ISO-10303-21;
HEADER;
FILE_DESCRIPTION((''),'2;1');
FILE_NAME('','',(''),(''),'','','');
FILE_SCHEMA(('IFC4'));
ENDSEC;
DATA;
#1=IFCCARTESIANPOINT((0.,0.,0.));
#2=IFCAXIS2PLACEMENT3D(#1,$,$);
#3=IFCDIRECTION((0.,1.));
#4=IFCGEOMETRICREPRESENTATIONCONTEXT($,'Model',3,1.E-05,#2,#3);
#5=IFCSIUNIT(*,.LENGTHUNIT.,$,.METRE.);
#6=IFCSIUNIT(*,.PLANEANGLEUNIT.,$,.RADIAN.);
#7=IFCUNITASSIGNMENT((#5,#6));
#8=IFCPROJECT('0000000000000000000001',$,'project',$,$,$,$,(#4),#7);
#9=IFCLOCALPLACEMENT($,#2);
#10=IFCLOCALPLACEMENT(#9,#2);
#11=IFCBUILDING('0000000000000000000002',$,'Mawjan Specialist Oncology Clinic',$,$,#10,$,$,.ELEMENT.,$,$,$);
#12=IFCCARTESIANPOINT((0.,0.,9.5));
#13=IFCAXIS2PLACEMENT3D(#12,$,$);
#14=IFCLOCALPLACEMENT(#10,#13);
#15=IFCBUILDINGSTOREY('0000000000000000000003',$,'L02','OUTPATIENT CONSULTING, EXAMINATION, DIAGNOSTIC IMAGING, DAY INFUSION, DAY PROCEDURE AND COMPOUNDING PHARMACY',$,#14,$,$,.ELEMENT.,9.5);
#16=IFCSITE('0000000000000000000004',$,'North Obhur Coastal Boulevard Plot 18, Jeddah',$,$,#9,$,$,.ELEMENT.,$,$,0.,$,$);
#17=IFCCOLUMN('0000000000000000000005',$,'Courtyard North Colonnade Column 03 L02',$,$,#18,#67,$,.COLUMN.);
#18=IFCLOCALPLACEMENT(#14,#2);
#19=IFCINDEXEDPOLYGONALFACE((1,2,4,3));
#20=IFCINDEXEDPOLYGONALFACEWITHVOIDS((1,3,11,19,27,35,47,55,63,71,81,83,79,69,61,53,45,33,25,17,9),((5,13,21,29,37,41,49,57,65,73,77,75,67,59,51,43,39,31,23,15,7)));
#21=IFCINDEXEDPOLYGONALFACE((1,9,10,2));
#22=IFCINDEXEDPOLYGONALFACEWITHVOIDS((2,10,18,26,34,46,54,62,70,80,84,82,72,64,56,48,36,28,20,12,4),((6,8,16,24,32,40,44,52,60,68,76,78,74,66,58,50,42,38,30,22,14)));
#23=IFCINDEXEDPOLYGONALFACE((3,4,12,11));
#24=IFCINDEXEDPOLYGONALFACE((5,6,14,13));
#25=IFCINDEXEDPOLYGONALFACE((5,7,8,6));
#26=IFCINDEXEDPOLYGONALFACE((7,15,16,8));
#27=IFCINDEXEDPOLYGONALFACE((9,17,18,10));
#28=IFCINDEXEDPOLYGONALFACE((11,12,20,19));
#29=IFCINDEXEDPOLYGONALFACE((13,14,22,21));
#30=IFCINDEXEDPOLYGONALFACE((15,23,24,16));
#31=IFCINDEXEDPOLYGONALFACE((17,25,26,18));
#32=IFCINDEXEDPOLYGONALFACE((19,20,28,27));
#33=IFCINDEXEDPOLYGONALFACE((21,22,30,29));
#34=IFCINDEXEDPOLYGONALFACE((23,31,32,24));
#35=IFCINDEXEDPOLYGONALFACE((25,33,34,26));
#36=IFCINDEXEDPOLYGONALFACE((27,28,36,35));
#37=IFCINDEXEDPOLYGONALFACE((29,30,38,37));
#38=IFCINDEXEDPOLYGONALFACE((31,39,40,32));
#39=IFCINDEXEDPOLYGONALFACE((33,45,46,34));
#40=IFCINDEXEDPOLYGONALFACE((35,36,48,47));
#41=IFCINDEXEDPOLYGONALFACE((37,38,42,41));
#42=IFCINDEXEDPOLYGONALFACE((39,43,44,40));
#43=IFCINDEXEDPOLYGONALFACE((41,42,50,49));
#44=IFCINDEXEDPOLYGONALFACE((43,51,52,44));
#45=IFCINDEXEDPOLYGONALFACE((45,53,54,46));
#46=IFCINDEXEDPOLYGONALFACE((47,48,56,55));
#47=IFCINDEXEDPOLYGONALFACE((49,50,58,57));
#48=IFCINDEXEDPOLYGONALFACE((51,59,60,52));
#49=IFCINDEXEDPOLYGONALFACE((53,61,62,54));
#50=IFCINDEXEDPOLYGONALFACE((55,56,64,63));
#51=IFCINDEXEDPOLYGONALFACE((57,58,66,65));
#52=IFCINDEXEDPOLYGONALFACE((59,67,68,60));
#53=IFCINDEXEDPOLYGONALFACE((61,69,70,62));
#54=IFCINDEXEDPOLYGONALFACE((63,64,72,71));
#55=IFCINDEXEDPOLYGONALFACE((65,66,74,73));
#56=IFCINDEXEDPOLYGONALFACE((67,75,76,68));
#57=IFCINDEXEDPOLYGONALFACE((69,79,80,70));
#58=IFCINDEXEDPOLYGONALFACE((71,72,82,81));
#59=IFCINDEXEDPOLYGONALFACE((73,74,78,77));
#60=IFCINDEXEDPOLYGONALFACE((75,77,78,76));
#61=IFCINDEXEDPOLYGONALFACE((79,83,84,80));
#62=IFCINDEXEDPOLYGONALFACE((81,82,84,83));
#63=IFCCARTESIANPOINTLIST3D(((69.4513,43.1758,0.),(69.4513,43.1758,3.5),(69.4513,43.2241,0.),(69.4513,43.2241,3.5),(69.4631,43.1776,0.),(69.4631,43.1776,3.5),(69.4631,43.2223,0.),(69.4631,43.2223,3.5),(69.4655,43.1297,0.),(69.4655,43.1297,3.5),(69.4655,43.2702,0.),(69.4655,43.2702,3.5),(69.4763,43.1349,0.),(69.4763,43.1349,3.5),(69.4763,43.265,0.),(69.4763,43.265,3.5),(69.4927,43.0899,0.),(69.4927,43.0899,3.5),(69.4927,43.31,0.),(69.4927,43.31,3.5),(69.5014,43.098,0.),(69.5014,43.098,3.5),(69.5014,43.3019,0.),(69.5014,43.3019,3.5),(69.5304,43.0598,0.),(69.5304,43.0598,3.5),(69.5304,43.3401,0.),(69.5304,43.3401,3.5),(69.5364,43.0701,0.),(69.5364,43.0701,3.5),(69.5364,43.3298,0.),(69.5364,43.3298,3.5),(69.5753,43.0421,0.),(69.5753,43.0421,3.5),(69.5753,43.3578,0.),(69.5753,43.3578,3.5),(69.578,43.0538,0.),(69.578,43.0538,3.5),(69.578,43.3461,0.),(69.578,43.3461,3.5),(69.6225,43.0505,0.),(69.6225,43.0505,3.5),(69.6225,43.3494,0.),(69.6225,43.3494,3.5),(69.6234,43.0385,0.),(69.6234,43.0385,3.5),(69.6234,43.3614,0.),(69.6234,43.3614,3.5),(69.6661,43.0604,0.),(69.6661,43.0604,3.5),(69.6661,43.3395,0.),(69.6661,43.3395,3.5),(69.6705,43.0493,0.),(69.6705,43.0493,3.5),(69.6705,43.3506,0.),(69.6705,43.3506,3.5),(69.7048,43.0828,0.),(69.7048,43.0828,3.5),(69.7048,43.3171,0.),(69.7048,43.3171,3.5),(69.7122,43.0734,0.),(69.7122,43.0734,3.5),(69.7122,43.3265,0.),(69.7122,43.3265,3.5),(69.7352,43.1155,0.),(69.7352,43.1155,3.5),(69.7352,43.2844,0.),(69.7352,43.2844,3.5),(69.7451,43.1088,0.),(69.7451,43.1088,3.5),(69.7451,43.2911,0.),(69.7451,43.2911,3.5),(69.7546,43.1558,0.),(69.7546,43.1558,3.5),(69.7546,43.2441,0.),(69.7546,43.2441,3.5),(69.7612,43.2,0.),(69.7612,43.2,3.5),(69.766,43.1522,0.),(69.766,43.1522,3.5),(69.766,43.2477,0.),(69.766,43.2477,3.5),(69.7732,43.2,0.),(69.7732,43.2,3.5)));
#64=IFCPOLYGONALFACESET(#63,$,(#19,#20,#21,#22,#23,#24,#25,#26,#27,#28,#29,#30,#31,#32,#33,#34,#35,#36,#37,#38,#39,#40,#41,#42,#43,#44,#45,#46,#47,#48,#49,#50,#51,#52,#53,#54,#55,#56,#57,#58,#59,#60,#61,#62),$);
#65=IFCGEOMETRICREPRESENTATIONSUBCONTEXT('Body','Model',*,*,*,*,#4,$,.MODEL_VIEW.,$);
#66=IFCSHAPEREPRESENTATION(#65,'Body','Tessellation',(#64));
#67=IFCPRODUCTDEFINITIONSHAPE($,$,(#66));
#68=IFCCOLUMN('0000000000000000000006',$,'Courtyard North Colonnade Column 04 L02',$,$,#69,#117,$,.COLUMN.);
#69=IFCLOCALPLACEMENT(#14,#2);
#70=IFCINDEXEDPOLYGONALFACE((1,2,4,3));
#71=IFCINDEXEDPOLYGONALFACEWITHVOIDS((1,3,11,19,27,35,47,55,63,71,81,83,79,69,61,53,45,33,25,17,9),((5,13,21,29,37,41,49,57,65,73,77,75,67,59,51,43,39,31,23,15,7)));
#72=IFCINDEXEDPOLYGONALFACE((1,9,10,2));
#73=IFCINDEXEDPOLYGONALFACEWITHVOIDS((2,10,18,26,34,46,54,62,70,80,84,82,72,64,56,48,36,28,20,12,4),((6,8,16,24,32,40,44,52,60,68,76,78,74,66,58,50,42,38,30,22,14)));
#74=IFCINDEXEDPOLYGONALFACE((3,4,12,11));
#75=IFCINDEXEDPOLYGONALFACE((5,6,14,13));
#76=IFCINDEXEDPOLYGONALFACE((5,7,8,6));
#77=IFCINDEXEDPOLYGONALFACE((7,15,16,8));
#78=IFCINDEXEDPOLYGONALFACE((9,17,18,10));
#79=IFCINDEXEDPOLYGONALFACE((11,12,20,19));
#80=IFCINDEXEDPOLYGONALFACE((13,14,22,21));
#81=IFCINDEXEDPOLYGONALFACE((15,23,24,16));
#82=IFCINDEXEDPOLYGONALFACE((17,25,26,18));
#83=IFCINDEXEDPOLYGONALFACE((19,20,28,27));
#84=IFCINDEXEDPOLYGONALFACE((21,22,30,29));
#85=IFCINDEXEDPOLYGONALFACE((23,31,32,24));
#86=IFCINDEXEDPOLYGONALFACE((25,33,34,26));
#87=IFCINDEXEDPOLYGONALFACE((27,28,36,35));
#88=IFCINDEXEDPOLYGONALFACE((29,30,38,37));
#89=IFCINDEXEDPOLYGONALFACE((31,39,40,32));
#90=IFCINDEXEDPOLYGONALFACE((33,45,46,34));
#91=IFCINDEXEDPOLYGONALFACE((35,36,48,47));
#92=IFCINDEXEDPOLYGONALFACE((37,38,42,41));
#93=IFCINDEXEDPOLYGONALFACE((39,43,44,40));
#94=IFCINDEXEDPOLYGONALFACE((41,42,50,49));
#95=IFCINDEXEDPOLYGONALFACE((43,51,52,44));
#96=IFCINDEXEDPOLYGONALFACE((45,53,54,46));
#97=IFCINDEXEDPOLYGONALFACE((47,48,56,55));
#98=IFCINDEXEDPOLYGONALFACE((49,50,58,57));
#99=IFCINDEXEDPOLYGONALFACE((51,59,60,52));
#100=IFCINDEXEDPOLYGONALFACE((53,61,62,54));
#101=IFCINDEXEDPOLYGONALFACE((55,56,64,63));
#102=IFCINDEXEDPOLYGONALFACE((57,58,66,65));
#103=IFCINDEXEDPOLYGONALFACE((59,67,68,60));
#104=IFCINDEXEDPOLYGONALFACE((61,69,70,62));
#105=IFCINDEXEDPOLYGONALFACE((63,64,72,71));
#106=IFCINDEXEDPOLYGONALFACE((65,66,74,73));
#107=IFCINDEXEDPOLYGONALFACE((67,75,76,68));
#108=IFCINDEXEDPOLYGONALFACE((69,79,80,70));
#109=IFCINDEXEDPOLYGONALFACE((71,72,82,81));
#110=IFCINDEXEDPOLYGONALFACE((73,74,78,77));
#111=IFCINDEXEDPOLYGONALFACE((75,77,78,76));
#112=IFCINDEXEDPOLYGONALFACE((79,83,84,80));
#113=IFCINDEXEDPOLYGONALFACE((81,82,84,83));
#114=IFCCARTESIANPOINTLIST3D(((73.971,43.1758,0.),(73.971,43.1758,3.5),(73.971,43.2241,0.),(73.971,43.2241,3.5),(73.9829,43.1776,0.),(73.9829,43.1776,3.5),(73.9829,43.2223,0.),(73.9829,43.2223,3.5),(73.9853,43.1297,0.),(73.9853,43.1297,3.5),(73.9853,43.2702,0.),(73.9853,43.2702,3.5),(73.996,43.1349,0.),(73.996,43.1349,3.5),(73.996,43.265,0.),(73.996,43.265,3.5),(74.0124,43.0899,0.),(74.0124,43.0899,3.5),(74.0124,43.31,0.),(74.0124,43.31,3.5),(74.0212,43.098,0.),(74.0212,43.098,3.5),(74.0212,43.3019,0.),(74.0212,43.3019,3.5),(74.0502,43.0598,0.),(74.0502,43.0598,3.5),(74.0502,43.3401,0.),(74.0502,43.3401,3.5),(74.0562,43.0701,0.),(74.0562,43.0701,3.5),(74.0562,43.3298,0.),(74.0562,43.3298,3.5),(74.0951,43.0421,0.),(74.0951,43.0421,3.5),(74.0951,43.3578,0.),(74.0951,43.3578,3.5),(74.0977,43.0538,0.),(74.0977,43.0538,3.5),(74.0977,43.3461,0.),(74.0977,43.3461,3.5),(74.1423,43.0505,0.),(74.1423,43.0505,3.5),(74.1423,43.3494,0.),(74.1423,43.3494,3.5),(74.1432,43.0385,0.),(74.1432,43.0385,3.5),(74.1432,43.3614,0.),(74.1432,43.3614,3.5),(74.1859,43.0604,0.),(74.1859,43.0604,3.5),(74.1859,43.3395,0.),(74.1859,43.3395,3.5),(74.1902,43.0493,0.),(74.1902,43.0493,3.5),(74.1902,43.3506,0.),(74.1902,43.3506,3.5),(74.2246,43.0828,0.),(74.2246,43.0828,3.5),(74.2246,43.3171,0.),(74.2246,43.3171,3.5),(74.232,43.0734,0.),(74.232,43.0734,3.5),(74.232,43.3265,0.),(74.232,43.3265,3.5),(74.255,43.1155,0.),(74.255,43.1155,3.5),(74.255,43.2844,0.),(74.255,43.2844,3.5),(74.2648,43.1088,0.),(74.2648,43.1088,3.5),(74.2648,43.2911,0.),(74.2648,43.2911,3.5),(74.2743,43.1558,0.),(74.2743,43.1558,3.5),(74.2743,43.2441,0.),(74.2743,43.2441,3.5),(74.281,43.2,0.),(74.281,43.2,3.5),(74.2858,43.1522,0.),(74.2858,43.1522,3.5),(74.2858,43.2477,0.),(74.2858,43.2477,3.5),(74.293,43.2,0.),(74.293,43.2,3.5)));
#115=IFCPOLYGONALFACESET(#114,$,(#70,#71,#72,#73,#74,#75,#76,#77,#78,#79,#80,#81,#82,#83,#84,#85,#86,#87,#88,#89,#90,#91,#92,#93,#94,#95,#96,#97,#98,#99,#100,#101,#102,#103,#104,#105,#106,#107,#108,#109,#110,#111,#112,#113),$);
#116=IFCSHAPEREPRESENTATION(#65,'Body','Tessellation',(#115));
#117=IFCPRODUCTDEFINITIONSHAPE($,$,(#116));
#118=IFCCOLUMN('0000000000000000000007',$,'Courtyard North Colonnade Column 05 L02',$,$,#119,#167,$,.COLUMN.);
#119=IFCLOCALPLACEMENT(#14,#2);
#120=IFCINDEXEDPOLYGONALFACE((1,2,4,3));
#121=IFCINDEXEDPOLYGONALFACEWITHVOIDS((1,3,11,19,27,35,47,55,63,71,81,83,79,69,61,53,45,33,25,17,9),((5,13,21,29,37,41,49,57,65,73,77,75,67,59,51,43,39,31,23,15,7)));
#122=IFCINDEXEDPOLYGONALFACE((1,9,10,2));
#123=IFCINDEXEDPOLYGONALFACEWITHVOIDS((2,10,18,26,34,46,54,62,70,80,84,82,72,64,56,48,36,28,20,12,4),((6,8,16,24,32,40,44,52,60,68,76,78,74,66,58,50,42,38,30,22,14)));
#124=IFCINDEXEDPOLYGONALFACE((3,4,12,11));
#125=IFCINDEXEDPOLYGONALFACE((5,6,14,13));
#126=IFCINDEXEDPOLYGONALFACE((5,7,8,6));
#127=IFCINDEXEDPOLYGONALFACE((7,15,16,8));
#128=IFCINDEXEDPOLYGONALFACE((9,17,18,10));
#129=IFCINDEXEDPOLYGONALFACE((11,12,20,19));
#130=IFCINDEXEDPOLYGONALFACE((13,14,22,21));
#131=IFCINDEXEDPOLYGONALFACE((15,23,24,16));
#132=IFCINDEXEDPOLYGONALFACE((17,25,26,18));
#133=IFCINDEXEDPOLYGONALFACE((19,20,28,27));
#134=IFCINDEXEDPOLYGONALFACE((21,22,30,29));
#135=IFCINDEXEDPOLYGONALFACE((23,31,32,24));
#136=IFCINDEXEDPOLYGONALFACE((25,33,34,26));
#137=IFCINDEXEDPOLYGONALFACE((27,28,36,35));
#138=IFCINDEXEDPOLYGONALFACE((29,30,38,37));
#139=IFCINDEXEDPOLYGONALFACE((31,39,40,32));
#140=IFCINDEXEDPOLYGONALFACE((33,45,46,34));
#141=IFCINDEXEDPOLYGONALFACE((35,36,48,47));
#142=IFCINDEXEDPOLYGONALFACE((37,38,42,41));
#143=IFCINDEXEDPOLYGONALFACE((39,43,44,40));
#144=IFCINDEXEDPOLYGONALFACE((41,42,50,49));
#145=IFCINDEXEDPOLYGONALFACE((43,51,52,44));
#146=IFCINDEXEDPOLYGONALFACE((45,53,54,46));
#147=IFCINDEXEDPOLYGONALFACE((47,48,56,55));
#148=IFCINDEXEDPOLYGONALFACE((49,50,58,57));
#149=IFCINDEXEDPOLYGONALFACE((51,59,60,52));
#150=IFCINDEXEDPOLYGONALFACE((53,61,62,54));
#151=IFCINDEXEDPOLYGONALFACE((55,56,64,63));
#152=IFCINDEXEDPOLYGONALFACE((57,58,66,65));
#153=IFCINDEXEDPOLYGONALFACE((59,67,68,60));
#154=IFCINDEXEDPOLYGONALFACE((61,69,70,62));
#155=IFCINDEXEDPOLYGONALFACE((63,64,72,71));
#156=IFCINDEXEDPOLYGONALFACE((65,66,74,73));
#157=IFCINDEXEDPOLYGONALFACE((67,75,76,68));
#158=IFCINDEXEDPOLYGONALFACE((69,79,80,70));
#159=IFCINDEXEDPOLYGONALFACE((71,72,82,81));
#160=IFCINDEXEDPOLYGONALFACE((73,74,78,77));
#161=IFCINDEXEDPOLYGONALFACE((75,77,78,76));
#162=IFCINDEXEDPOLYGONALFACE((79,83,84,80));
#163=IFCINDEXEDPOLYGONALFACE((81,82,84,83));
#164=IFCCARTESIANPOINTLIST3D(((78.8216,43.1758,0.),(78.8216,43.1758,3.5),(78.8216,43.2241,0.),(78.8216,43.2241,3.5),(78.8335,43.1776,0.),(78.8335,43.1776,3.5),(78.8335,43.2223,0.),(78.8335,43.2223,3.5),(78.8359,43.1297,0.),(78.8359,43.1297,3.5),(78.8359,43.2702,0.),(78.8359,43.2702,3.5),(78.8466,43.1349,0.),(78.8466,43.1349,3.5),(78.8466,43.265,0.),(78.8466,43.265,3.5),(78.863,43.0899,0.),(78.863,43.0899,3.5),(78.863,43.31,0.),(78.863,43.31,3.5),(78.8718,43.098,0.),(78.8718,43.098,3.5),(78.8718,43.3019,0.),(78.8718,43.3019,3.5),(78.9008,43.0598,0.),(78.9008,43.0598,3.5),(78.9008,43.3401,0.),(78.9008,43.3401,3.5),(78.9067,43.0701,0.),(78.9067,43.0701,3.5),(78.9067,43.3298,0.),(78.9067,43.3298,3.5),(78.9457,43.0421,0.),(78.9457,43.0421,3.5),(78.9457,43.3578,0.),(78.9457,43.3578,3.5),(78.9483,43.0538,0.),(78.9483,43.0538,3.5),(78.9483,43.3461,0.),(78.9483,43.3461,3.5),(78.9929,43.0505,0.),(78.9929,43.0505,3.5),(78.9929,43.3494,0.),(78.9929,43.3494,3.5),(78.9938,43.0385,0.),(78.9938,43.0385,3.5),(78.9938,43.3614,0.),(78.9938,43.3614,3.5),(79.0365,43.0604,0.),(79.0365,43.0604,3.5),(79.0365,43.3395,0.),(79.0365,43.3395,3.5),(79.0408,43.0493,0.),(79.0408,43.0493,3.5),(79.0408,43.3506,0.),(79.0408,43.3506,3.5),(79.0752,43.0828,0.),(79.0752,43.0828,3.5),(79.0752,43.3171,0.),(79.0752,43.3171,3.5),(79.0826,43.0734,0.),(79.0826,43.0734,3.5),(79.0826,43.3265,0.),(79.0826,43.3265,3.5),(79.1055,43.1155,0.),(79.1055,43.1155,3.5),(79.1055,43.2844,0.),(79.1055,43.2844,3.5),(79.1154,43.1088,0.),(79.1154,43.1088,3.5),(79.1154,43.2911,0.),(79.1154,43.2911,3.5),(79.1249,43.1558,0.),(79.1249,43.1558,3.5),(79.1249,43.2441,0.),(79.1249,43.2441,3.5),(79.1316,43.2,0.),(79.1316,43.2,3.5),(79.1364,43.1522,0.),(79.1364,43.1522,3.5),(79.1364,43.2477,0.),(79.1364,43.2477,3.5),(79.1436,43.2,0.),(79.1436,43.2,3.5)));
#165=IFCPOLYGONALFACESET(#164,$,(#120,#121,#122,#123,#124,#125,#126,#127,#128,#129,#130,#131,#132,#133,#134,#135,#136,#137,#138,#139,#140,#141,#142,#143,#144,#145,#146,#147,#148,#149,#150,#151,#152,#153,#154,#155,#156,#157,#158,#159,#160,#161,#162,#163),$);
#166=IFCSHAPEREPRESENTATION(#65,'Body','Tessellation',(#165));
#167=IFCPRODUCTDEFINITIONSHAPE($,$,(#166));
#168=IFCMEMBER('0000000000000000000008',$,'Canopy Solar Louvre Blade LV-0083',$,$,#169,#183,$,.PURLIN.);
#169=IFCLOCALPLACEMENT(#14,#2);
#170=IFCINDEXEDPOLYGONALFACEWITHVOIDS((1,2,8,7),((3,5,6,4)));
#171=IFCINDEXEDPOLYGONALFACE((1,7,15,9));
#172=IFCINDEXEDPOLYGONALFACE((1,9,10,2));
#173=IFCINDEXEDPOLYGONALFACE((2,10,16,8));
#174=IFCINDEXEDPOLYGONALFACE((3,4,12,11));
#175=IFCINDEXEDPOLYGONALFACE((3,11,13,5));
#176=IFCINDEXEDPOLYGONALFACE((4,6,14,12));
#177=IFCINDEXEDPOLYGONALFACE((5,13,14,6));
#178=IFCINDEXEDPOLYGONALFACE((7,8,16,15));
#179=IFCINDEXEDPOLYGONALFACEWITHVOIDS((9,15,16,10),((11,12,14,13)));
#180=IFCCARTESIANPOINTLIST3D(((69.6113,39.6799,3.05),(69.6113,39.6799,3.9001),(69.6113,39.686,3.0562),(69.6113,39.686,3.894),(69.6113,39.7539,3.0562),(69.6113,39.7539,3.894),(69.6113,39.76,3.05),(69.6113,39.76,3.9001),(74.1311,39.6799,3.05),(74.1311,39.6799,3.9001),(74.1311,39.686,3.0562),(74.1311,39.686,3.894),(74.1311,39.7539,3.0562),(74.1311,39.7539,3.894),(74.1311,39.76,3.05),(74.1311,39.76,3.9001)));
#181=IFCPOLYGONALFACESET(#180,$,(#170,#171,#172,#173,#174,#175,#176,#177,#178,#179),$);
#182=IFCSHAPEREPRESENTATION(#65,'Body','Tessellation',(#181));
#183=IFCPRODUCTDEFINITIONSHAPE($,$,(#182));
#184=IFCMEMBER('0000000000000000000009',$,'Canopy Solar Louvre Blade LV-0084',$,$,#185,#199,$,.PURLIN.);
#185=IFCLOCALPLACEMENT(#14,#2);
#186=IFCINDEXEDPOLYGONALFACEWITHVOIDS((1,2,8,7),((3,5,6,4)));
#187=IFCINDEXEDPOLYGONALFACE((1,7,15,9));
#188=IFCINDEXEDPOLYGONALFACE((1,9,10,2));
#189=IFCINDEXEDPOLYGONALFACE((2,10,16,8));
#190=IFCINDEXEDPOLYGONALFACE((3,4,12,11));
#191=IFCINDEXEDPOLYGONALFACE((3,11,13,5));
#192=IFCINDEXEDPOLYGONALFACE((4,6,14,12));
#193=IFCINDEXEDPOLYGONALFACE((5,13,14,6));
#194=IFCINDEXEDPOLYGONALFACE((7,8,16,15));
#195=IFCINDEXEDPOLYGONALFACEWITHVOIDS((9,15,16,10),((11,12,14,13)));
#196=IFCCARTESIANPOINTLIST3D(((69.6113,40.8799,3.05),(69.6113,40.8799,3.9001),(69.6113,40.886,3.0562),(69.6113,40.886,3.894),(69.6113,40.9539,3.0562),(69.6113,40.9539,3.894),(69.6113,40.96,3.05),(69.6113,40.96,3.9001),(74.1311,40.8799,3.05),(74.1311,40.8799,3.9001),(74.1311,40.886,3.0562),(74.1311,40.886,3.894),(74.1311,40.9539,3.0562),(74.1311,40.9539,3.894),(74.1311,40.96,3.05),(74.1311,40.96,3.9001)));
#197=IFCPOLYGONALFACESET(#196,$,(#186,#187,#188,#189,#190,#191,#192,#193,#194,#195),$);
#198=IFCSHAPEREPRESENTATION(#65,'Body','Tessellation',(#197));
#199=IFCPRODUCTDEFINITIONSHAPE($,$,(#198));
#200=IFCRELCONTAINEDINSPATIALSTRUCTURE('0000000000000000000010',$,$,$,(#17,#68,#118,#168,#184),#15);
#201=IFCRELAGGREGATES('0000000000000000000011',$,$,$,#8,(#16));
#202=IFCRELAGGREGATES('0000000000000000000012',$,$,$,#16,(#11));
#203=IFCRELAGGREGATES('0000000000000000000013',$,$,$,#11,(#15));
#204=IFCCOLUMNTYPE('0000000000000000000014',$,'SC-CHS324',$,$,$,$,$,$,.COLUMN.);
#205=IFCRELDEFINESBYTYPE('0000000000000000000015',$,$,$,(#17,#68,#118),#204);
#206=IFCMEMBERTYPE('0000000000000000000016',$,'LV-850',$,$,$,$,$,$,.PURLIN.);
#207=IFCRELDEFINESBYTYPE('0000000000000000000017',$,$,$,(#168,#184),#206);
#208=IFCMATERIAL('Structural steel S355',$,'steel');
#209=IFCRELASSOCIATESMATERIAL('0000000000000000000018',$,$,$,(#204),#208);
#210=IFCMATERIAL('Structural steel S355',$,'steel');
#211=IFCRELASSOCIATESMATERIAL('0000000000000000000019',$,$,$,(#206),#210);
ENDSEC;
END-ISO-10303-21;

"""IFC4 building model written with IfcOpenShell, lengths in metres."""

from ifc_helpers import new_model, si_unit, direction, frame, origin, origin_2d, place, context, subcontext, project, spatial, hollow_rectangle, hollow_circle, extrude, material, material_profile, profile_set, type_object, element, save


model = new_model("IFC4")

# Units and contexts
model_context = context("Model", 3, precision=1e-05, world=origin(), true_north=direction((0.0, 1.0)))
body_context = subcontext(model_context, "Body", "Model", "MODEL_VIEW")
ifc_project = project(units=[si_unit("LENGTHUNIT", "METRE"), si_unit("PLANEANGLEUNIT", "RADIAN")], contexts=[model_context])

# Site, building, storey
site_placement = place(None, origin())
site = spatial("IfcSite", under=ifc_project, at=site_placement, Name="North Obhur Coastal Boulevard Plot 18, Jeddah", CompositionType="ELEMENT", RefElevation=0.0)
building_placement = place(site_placement, origin())
building = spatial("IfcBuilding", under=site, at=building_placement, Name="Mawjan Specialist Oncology Clinic", CompositionType="ELEMENT")
storey_placement = place(building_placement, frame((0.0, 0.0, 9.5)))
storey = spatial("IfcBuildingStorey", under=building, at=storey_placement, Name="L02", Description="OUTPATIENT CONSULTING, EXAMINATION, DIAGNOSTIC IMAGING, DAY INFUSION, DAY PROCEDURE AND COMPOUNDING PHARMACY", CompositionType="ELEMENT", Elevation=9.5)

# Columns
ifc_material_1 = material(Name="Structural steel S355", Category="steel")
ifc_material_profile_1 = material_profile(ifc_material_1, hollow_circle(Radius=0.1619, WallThickness=0.012, at=origin_2d()), Name="CHS 323.9x12", Category="steel")
ifc_profile_set_1 = profile_set([ifc_material_profile_1], Name="Structural steel S355")
column_type = type_object("IfcColumnType", Name="SC-CHS324", PredefinedType="COLUMN", material=ifc_profile_set_1)
for number, where, z_axis, x_axis, name in (
    (1, (69.6113, 43.2, 0.0), (0.0, 0.0, 1.0), (1.0, 0.0, 0.0), "Courtyard North Colonnade Column 03 L02"),
    (2, (74.1311, 43.2, 0.0), (0.0, 0.0, 1.0), (1.0, 0.0, 0.0), "Courtyard North Colonnade Column 04 L02"),
    (3, (78.9817, 43.2, 0.0), (0.0, 0.0, 1.0), (1.0, 0.0, 0.0), "Courtyard North Colonnade Column 05 L02"),
):
    element("IfcColumn", number, at=place(storey_placement, frame(where, z_axis=z_axis, x_axis=x_axis)), inside=storey, type_object=column_type, Name=name, PredefinedType="COLUMN", context=body_context, shape_type="SweptSolid", body=[
        extrude(hollow_circle(Radius=0.1619, WallThickness=0.012, at=origin_2d()), origin(), (0.0, 0.0, 1.0), 3.5),
    ])

# Members
ifc_material_2 = material(Name="Structural steel S355", Category="steel")
ifc_material_profile_2 = material_profile(ifc_material_2, hollow_rectangle(XDim=0.0801, YDim=0.8501, WallThickness=0.0061, at=origin_2d()), Name="LOUVRE 850x80x6", Category="steel")
ifc_profile_set_2 = profile_set([ifc_material_profile_2], Name="Structural steel S355")
member_type_1 = type_object("IfcMemberType", Name="LV-850", PredefinedType="PURLIN", material=ifc_profile_set_2)
for number, where, z_axis, x_axis, name in (
    (4, (69.6113, 39.72, 3.4751), (1.0, 0.0, 0.0), (0.0, 1.0, 0.0), "Canopy Solar Louvre Blade LV-0083"),
    (5, (69.6113, 40.9199, 3.4751), (1.0, 0.0, 0.0), (0.0, 1.0, 0.0), "Canopy Solar Louvre Blade LV-0084"),
):
    element("IfcMember", number, at=place(storey_placement, frame(where, z_axis=z_axis, x_axis=x_axis)), inside=storey, type_object=member_type_1, Name=name, PredefinedType="PURLIN", context=body_context, shape_type="SweptSolid", body=[
        extrude(hollow_rectangle(XDim=0.0801, YDim=0.8501, WallThickness=0.0061, at=origin_2d()), origin(), (0.0, 0.0, 1.0), 4.5198),
    ])

save(model, "model.ifc")
